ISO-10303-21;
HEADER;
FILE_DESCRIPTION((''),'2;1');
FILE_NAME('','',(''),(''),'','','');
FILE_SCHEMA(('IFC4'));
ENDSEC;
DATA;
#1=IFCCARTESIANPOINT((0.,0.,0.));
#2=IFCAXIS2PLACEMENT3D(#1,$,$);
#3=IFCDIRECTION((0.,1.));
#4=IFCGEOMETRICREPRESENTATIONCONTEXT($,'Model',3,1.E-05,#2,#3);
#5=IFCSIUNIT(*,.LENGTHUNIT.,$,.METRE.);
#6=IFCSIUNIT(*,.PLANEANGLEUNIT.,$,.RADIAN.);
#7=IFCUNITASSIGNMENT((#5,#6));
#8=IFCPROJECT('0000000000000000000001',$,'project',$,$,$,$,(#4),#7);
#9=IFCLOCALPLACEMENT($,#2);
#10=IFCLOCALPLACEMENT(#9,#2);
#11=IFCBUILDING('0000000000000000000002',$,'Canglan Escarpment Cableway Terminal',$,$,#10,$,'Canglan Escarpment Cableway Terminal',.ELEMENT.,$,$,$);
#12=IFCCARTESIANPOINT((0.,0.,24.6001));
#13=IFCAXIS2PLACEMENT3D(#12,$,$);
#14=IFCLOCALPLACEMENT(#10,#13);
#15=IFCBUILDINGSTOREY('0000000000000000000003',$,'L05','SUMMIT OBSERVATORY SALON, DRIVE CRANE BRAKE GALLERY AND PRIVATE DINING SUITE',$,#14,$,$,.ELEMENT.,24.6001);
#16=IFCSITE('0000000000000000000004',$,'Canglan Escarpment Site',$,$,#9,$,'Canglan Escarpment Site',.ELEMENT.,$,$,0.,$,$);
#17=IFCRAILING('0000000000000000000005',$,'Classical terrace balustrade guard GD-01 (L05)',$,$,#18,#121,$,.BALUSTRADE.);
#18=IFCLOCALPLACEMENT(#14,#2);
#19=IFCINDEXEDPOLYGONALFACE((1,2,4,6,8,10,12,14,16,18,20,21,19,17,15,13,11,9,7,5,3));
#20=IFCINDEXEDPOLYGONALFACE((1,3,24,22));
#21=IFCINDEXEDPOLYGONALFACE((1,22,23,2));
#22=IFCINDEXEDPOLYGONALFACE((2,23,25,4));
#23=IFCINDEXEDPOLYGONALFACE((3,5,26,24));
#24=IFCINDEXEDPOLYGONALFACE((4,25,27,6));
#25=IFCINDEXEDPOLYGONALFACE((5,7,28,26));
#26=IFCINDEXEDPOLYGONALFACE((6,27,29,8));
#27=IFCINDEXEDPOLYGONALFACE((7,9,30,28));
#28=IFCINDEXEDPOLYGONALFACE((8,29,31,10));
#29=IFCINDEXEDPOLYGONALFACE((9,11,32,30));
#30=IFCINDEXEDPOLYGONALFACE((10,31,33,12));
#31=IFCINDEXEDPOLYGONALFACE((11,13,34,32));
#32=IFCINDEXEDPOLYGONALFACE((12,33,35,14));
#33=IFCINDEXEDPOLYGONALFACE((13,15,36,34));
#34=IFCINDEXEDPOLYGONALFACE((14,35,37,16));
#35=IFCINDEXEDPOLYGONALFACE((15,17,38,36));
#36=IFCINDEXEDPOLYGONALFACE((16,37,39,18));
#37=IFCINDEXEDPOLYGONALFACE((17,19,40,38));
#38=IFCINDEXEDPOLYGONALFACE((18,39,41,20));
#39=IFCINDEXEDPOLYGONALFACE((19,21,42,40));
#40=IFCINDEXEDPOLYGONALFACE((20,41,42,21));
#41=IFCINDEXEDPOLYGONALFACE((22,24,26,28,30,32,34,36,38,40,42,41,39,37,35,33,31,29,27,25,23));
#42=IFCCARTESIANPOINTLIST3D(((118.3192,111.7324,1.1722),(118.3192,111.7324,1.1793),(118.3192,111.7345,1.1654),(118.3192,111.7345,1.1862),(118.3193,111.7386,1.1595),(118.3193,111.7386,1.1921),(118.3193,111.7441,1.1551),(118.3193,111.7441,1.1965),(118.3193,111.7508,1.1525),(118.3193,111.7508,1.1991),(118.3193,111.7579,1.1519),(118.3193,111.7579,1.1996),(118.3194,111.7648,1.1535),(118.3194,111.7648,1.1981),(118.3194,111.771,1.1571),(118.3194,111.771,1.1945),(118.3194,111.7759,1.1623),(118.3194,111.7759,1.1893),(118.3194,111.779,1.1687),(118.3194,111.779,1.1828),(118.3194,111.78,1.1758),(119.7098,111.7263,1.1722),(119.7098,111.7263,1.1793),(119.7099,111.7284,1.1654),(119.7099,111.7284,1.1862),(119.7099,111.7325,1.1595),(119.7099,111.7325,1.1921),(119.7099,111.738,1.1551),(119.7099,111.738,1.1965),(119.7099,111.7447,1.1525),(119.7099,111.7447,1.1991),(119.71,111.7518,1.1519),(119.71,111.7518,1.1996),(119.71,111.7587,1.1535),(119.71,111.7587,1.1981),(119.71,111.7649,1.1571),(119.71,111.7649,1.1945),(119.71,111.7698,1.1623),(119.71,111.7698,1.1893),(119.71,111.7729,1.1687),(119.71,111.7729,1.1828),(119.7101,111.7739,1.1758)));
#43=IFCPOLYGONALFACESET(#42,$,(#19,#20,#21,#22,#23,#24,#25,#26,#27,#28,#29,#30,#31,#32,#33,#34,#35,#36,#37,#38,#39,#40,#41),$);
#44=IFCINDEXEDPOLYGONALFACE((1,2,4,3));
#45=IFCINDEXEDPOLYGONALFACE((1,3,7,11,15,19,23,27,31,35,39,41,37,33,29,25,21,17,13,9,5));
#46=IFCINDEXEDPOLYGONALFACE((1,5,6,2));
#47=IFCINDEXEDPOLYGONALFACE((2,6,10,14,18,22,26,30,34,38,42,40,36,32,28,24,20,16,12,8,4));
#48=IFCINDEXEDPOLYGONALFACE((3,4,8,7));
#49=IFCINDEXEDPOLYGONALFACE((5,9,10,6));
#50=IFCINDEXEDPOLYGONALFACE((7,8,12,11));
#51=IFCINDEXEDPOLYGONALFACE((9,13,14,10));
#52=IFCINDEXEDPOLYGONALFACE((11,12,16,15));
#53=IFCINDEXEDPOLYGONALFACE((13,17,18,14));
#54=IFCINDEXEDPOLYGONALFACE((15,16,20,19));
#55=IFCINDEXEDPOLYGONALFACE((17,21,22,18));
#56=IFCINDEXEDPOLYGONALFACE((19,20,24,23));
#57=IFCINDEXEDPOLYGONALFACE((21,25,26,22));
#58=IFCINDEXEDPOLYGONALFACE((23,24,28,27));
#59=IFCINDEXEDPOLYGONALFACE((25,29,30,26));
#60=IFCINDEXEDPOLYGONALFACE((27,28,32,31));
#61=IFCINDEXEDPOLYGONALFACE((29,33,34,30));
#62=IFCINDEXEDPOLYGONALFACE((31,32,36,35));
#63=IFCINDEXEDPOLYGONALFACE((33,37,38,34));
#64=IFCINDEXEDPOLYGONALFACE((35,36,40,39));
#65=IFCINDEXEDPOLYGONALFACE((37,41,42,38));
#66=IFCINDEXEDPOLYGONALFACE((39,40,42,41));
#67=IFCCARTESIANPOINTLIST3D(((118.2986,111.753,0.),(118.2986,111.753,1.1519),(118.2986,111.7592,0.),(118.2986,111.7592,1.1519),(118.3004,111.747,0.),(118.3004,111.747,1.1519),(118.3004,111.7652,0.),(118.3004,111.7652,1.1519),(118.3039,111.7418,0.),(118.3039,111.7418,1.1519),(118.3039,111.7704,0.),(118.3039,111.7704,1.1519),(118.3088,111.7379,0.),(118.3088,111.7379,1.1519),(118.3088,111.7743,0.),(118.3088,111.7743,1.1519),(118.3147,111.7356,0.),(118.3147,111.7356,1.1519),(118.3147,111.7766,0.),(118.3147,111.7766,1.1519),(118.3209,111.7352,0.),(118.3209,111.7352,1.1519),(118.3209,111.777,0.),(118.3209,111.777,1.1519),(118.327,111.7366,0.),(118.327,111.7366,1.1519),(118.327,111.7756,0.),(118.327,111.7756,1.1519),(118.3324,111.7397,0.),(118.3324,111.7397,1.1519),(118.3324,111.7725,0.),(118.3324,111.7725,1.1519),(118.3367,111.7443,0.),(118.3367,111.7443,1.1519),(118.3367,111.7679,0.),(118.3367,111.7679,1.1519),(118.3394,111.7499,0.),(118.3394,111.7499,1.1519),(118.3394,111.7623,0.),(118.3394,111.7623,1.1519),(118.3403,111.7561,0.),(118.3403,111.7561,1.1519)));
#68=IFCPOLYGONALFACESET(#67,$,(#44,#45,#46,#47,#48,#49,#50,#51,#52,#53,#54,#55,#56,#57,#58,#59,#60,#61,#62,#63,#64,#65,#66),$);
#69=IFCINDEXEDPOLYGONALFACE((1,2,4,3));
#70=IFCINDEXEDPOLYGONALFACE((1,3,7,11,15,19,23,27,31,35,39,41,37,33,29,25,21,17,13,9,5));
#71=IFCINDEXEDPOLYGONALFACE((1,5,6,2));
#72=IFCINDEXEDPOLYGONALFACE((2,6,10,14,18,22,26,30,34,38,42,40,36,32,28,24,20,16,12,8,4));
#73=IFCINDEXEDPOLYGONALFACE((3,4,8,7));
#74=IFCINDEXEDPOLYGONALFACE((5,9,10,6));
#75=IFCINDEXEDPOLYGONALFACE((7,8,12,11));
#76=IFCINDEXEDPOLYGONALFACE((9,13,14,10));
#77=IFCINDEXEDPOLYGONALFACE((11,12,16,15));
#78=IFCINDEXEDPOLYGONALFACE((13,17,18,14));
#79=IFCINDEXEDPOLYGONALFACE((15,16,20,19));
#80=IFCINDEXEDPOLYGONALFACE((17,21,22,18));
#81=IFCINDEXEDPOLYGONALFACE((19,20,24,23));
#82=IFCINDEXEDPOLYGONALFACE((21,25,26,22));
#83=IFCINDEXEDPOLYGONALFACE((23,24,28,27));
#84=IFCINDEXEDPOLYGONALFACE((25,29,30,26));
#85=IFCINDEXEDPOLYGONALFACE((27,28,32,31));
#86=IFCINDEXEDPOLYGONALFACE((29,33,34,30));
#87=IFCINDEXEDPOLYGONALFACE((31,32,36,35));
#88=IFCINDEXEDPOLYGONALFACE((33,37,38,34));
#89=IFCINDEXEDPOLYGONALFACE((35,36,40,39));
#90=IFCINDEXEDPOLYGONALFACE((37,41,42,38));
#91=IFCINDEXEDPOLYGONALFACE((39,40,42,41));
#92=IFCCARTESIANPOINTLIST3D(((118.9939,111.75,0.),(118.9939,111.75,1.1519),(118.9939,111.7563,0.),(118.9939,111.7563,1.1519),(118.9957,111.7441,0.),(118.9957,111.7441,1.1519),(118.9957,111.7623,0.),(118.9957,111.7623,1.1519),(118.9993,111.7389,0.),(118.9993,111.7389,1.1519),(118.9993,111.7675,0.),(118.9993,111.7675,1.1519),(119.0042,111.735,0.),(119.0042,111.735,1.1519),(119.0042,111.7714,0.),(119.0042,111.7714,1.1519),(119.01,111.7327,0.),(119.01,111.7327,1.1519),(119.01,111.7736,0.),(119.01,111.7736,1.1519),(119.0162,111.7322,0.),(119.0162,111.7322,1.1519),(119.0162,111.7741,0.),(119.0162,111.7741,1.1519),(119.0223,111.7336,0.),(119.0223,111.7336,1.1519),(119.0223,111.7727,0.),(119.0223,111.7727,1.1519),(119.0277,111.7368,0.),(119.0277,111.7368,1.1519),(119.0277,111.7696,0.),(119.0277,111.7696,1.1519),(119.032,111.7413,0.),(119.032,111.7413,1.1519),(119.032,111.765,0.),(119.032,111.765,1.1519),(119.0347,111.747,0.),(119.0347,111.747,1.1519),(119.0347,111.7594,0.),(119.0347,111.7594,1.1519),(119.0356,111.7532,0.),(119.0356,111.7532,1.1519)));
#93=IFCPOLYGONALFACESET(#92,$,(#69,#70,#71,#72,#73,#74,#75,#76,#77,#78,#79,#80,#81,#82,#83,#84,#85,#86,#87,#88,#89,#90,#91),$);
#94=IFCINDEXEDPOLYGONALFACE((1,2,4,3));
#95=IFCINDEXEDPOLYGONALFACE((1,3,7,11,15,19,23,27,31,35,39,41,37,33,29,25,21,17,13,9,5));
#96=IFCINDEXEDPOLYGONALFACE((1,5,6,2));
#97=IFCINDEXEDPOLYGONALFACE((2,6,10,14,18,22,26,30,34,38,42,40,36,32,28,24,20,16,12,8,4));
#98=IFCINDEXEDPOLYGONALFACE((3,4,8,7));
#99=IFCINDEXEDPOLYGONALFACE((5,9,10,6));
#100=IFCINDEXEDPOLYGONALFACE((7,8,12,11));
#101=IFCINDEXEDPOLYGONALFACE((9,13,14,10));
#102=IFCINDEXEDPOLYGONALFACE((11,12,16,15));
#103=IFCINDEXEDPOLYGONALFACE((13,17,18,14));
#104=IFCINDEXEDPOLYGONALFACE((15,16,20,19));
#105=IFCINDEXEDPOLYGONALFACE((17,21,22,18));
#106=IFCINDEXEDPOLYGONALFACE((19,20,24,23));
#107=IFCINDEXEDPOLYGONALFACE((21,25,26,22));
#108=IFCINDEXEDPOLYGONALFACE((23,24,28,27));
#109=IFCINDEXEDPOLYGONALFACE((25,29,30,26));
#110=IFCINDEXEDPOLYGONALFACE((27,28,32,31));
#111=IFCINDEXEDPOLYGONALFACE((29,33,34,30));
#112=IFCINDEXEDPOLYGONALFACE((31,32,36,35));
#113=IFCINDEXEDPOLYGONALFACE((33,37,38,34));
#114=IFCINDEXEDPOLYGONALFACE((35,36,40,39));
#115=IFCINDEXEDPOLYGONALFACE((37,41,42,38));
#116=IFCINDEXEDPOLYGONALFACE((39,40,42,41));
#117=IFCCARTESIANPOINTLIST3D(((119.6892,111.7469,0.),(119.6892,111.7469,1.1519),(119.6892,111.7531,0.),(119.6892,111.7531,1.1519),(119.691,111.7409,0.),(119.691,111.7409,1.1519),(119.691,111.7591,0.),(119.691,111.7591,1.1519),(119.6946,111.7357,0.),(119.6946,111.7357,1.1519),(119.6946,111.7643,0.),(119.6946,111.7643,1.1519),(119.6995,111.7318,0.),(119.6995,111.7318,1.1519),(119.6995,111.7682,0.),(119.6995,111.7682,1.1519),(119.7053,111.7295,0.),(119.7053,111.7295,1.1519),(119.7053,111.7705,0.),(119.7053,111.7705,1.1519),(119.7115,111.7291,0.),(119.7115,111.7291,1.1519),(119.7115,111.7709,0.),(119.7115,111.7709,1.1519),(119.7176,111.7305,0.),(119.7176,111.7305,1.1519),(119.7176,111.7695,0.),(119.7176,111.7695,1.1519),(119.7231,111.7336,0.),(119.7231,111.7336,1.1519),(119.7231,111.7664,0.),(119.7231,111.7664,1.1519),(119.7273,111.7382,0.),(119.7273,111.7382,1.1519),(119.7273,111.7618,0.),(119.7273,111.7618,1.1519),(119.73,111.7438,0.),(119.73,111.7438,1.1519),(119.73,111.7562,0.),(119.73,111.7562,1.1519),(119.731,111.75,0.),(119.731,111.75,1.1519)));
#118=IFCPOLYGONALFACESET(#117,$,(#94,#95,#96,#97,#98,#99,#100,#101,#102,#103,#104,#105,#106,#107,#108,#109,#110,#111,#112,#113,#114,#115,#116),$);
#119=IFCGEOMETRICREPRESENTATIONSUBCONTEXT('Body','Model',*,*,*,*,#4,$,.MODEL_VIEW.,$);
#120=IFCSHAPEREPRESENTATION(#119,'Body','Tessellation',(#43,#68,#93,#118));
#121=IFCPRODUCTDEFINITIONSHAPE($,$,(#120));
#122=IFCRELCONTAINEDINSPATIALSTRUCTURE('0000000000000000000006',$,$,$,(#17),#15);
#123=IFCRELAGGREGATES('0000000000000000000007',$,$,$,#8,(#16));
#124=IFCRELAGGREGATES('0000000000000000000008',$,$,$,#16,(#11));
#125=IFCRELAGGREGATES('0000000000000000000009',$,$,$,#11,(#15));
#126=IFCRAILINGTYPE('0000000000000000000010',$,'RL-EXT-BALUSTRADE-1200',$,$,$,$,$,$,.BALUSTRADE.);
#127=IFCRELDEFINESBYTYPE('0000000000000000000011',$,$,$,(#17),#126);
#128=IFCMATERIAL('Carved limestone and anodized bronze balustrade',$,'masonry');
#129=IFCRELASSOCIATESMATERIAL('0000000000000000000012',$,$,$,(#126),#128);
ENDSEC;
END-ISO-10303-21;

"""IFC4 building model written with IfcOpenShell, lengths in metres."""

from ifc_helpers import new_model, si_unit, direction, frame, origin, origin_2d, place, context, subcontext, project, spatial, circle, extrude, material, type_object, element, save


model = new_model("IFC4")

# Units and contexts
model_context = context("Model", 3, precision=1e-05, world=origin(), true_north=direction((0.0, 1.0)))
body_context = subcontext(model_context, "Body", "Model", "MODEL_VIEW")
ifc_project = project(units=[si_unit("LENGTHUNIT", "METRE"), si_unit("PLANEANGLEUNIT", "RADIAN")], contexts=[model_context])

# Site, building, storey
site_placement = place(None, origin())
site = spatial("IfcSite", under=ifc_project, at=site_placement, Name="Canglan Escarpment Site", LongName="Canglan Escarpment Site", CompositionType="ELEMENT", RefElevation=0.0)
building_placement = place(site_placement, origin())
building = spatial("IfcBuilding", under=site, at=building_placement, Name="Canglan Escarpment Cableway Terminal", LongName="Canglan Escarpment Cableway Terminal", CompositionType="ELEMENT")
storey_placement = place(building_placement, frame((0.0, 0.0, 24.6001)))
storey = spatial("IfcBuildingStorey", under=building, at=storey_placement, Name="L05", Description="SUMMIT OBSERVATORY SALON, DRIVE CRANE BRAKE GALLERY AND PRIVATE DINING SUITE", CompositionType="ELEMENT", Elevation=24.6001)

# Railing
ifc_material_1 = material(Name="Carved limestone and anodized bronze balustrade", Category="masonry")
railing_type = type_object("IfcRailingType", Name="RL-EXT-BALUSTRADE-1200", PredefinedType="BALUSTRADE", material=ifc_material_1)
railing_1_placement = place(storey_placement, frame((118.3193, 111.7561, 0.0)))
element("IfcRailing", 1, at=railing_1_placement, inside=storey, type_object=railing_type, Name="Classical terrace balustrade guard GD-01 (L05)", PredefinedType="BALUSTRADE", context=body_context, shape_type="SweptSolid", body=[
    extrude(circle(Radius=0.0239, at=origin_2d()), frame((0.0, 0.0, 1.1758), z_axis=(0.99999, -0.004389, 0.0), x_axis=(0.004389, 0.99999, 0.0)), (0.0, 0.0, 1.0), 1.3906),
    extrude(circle(Radius=0.021, at=origin_2d()), origin(), (0.0, 0.0, 1.0), 1.1519),
    extrude(circle(Radius=0.021, at=origin_2d()), frame((0.6953, -0.0029, 0.0)), (0.0, 0.0, 1.0), 1.1519),
    extrude(circle(Radius=0.021, at=origin_2d()), frame((1.3906, -0.0061, 0.0)), (0.0, 0.0, 1.0), 1.1519),
])

save(model, "model.ifc")
